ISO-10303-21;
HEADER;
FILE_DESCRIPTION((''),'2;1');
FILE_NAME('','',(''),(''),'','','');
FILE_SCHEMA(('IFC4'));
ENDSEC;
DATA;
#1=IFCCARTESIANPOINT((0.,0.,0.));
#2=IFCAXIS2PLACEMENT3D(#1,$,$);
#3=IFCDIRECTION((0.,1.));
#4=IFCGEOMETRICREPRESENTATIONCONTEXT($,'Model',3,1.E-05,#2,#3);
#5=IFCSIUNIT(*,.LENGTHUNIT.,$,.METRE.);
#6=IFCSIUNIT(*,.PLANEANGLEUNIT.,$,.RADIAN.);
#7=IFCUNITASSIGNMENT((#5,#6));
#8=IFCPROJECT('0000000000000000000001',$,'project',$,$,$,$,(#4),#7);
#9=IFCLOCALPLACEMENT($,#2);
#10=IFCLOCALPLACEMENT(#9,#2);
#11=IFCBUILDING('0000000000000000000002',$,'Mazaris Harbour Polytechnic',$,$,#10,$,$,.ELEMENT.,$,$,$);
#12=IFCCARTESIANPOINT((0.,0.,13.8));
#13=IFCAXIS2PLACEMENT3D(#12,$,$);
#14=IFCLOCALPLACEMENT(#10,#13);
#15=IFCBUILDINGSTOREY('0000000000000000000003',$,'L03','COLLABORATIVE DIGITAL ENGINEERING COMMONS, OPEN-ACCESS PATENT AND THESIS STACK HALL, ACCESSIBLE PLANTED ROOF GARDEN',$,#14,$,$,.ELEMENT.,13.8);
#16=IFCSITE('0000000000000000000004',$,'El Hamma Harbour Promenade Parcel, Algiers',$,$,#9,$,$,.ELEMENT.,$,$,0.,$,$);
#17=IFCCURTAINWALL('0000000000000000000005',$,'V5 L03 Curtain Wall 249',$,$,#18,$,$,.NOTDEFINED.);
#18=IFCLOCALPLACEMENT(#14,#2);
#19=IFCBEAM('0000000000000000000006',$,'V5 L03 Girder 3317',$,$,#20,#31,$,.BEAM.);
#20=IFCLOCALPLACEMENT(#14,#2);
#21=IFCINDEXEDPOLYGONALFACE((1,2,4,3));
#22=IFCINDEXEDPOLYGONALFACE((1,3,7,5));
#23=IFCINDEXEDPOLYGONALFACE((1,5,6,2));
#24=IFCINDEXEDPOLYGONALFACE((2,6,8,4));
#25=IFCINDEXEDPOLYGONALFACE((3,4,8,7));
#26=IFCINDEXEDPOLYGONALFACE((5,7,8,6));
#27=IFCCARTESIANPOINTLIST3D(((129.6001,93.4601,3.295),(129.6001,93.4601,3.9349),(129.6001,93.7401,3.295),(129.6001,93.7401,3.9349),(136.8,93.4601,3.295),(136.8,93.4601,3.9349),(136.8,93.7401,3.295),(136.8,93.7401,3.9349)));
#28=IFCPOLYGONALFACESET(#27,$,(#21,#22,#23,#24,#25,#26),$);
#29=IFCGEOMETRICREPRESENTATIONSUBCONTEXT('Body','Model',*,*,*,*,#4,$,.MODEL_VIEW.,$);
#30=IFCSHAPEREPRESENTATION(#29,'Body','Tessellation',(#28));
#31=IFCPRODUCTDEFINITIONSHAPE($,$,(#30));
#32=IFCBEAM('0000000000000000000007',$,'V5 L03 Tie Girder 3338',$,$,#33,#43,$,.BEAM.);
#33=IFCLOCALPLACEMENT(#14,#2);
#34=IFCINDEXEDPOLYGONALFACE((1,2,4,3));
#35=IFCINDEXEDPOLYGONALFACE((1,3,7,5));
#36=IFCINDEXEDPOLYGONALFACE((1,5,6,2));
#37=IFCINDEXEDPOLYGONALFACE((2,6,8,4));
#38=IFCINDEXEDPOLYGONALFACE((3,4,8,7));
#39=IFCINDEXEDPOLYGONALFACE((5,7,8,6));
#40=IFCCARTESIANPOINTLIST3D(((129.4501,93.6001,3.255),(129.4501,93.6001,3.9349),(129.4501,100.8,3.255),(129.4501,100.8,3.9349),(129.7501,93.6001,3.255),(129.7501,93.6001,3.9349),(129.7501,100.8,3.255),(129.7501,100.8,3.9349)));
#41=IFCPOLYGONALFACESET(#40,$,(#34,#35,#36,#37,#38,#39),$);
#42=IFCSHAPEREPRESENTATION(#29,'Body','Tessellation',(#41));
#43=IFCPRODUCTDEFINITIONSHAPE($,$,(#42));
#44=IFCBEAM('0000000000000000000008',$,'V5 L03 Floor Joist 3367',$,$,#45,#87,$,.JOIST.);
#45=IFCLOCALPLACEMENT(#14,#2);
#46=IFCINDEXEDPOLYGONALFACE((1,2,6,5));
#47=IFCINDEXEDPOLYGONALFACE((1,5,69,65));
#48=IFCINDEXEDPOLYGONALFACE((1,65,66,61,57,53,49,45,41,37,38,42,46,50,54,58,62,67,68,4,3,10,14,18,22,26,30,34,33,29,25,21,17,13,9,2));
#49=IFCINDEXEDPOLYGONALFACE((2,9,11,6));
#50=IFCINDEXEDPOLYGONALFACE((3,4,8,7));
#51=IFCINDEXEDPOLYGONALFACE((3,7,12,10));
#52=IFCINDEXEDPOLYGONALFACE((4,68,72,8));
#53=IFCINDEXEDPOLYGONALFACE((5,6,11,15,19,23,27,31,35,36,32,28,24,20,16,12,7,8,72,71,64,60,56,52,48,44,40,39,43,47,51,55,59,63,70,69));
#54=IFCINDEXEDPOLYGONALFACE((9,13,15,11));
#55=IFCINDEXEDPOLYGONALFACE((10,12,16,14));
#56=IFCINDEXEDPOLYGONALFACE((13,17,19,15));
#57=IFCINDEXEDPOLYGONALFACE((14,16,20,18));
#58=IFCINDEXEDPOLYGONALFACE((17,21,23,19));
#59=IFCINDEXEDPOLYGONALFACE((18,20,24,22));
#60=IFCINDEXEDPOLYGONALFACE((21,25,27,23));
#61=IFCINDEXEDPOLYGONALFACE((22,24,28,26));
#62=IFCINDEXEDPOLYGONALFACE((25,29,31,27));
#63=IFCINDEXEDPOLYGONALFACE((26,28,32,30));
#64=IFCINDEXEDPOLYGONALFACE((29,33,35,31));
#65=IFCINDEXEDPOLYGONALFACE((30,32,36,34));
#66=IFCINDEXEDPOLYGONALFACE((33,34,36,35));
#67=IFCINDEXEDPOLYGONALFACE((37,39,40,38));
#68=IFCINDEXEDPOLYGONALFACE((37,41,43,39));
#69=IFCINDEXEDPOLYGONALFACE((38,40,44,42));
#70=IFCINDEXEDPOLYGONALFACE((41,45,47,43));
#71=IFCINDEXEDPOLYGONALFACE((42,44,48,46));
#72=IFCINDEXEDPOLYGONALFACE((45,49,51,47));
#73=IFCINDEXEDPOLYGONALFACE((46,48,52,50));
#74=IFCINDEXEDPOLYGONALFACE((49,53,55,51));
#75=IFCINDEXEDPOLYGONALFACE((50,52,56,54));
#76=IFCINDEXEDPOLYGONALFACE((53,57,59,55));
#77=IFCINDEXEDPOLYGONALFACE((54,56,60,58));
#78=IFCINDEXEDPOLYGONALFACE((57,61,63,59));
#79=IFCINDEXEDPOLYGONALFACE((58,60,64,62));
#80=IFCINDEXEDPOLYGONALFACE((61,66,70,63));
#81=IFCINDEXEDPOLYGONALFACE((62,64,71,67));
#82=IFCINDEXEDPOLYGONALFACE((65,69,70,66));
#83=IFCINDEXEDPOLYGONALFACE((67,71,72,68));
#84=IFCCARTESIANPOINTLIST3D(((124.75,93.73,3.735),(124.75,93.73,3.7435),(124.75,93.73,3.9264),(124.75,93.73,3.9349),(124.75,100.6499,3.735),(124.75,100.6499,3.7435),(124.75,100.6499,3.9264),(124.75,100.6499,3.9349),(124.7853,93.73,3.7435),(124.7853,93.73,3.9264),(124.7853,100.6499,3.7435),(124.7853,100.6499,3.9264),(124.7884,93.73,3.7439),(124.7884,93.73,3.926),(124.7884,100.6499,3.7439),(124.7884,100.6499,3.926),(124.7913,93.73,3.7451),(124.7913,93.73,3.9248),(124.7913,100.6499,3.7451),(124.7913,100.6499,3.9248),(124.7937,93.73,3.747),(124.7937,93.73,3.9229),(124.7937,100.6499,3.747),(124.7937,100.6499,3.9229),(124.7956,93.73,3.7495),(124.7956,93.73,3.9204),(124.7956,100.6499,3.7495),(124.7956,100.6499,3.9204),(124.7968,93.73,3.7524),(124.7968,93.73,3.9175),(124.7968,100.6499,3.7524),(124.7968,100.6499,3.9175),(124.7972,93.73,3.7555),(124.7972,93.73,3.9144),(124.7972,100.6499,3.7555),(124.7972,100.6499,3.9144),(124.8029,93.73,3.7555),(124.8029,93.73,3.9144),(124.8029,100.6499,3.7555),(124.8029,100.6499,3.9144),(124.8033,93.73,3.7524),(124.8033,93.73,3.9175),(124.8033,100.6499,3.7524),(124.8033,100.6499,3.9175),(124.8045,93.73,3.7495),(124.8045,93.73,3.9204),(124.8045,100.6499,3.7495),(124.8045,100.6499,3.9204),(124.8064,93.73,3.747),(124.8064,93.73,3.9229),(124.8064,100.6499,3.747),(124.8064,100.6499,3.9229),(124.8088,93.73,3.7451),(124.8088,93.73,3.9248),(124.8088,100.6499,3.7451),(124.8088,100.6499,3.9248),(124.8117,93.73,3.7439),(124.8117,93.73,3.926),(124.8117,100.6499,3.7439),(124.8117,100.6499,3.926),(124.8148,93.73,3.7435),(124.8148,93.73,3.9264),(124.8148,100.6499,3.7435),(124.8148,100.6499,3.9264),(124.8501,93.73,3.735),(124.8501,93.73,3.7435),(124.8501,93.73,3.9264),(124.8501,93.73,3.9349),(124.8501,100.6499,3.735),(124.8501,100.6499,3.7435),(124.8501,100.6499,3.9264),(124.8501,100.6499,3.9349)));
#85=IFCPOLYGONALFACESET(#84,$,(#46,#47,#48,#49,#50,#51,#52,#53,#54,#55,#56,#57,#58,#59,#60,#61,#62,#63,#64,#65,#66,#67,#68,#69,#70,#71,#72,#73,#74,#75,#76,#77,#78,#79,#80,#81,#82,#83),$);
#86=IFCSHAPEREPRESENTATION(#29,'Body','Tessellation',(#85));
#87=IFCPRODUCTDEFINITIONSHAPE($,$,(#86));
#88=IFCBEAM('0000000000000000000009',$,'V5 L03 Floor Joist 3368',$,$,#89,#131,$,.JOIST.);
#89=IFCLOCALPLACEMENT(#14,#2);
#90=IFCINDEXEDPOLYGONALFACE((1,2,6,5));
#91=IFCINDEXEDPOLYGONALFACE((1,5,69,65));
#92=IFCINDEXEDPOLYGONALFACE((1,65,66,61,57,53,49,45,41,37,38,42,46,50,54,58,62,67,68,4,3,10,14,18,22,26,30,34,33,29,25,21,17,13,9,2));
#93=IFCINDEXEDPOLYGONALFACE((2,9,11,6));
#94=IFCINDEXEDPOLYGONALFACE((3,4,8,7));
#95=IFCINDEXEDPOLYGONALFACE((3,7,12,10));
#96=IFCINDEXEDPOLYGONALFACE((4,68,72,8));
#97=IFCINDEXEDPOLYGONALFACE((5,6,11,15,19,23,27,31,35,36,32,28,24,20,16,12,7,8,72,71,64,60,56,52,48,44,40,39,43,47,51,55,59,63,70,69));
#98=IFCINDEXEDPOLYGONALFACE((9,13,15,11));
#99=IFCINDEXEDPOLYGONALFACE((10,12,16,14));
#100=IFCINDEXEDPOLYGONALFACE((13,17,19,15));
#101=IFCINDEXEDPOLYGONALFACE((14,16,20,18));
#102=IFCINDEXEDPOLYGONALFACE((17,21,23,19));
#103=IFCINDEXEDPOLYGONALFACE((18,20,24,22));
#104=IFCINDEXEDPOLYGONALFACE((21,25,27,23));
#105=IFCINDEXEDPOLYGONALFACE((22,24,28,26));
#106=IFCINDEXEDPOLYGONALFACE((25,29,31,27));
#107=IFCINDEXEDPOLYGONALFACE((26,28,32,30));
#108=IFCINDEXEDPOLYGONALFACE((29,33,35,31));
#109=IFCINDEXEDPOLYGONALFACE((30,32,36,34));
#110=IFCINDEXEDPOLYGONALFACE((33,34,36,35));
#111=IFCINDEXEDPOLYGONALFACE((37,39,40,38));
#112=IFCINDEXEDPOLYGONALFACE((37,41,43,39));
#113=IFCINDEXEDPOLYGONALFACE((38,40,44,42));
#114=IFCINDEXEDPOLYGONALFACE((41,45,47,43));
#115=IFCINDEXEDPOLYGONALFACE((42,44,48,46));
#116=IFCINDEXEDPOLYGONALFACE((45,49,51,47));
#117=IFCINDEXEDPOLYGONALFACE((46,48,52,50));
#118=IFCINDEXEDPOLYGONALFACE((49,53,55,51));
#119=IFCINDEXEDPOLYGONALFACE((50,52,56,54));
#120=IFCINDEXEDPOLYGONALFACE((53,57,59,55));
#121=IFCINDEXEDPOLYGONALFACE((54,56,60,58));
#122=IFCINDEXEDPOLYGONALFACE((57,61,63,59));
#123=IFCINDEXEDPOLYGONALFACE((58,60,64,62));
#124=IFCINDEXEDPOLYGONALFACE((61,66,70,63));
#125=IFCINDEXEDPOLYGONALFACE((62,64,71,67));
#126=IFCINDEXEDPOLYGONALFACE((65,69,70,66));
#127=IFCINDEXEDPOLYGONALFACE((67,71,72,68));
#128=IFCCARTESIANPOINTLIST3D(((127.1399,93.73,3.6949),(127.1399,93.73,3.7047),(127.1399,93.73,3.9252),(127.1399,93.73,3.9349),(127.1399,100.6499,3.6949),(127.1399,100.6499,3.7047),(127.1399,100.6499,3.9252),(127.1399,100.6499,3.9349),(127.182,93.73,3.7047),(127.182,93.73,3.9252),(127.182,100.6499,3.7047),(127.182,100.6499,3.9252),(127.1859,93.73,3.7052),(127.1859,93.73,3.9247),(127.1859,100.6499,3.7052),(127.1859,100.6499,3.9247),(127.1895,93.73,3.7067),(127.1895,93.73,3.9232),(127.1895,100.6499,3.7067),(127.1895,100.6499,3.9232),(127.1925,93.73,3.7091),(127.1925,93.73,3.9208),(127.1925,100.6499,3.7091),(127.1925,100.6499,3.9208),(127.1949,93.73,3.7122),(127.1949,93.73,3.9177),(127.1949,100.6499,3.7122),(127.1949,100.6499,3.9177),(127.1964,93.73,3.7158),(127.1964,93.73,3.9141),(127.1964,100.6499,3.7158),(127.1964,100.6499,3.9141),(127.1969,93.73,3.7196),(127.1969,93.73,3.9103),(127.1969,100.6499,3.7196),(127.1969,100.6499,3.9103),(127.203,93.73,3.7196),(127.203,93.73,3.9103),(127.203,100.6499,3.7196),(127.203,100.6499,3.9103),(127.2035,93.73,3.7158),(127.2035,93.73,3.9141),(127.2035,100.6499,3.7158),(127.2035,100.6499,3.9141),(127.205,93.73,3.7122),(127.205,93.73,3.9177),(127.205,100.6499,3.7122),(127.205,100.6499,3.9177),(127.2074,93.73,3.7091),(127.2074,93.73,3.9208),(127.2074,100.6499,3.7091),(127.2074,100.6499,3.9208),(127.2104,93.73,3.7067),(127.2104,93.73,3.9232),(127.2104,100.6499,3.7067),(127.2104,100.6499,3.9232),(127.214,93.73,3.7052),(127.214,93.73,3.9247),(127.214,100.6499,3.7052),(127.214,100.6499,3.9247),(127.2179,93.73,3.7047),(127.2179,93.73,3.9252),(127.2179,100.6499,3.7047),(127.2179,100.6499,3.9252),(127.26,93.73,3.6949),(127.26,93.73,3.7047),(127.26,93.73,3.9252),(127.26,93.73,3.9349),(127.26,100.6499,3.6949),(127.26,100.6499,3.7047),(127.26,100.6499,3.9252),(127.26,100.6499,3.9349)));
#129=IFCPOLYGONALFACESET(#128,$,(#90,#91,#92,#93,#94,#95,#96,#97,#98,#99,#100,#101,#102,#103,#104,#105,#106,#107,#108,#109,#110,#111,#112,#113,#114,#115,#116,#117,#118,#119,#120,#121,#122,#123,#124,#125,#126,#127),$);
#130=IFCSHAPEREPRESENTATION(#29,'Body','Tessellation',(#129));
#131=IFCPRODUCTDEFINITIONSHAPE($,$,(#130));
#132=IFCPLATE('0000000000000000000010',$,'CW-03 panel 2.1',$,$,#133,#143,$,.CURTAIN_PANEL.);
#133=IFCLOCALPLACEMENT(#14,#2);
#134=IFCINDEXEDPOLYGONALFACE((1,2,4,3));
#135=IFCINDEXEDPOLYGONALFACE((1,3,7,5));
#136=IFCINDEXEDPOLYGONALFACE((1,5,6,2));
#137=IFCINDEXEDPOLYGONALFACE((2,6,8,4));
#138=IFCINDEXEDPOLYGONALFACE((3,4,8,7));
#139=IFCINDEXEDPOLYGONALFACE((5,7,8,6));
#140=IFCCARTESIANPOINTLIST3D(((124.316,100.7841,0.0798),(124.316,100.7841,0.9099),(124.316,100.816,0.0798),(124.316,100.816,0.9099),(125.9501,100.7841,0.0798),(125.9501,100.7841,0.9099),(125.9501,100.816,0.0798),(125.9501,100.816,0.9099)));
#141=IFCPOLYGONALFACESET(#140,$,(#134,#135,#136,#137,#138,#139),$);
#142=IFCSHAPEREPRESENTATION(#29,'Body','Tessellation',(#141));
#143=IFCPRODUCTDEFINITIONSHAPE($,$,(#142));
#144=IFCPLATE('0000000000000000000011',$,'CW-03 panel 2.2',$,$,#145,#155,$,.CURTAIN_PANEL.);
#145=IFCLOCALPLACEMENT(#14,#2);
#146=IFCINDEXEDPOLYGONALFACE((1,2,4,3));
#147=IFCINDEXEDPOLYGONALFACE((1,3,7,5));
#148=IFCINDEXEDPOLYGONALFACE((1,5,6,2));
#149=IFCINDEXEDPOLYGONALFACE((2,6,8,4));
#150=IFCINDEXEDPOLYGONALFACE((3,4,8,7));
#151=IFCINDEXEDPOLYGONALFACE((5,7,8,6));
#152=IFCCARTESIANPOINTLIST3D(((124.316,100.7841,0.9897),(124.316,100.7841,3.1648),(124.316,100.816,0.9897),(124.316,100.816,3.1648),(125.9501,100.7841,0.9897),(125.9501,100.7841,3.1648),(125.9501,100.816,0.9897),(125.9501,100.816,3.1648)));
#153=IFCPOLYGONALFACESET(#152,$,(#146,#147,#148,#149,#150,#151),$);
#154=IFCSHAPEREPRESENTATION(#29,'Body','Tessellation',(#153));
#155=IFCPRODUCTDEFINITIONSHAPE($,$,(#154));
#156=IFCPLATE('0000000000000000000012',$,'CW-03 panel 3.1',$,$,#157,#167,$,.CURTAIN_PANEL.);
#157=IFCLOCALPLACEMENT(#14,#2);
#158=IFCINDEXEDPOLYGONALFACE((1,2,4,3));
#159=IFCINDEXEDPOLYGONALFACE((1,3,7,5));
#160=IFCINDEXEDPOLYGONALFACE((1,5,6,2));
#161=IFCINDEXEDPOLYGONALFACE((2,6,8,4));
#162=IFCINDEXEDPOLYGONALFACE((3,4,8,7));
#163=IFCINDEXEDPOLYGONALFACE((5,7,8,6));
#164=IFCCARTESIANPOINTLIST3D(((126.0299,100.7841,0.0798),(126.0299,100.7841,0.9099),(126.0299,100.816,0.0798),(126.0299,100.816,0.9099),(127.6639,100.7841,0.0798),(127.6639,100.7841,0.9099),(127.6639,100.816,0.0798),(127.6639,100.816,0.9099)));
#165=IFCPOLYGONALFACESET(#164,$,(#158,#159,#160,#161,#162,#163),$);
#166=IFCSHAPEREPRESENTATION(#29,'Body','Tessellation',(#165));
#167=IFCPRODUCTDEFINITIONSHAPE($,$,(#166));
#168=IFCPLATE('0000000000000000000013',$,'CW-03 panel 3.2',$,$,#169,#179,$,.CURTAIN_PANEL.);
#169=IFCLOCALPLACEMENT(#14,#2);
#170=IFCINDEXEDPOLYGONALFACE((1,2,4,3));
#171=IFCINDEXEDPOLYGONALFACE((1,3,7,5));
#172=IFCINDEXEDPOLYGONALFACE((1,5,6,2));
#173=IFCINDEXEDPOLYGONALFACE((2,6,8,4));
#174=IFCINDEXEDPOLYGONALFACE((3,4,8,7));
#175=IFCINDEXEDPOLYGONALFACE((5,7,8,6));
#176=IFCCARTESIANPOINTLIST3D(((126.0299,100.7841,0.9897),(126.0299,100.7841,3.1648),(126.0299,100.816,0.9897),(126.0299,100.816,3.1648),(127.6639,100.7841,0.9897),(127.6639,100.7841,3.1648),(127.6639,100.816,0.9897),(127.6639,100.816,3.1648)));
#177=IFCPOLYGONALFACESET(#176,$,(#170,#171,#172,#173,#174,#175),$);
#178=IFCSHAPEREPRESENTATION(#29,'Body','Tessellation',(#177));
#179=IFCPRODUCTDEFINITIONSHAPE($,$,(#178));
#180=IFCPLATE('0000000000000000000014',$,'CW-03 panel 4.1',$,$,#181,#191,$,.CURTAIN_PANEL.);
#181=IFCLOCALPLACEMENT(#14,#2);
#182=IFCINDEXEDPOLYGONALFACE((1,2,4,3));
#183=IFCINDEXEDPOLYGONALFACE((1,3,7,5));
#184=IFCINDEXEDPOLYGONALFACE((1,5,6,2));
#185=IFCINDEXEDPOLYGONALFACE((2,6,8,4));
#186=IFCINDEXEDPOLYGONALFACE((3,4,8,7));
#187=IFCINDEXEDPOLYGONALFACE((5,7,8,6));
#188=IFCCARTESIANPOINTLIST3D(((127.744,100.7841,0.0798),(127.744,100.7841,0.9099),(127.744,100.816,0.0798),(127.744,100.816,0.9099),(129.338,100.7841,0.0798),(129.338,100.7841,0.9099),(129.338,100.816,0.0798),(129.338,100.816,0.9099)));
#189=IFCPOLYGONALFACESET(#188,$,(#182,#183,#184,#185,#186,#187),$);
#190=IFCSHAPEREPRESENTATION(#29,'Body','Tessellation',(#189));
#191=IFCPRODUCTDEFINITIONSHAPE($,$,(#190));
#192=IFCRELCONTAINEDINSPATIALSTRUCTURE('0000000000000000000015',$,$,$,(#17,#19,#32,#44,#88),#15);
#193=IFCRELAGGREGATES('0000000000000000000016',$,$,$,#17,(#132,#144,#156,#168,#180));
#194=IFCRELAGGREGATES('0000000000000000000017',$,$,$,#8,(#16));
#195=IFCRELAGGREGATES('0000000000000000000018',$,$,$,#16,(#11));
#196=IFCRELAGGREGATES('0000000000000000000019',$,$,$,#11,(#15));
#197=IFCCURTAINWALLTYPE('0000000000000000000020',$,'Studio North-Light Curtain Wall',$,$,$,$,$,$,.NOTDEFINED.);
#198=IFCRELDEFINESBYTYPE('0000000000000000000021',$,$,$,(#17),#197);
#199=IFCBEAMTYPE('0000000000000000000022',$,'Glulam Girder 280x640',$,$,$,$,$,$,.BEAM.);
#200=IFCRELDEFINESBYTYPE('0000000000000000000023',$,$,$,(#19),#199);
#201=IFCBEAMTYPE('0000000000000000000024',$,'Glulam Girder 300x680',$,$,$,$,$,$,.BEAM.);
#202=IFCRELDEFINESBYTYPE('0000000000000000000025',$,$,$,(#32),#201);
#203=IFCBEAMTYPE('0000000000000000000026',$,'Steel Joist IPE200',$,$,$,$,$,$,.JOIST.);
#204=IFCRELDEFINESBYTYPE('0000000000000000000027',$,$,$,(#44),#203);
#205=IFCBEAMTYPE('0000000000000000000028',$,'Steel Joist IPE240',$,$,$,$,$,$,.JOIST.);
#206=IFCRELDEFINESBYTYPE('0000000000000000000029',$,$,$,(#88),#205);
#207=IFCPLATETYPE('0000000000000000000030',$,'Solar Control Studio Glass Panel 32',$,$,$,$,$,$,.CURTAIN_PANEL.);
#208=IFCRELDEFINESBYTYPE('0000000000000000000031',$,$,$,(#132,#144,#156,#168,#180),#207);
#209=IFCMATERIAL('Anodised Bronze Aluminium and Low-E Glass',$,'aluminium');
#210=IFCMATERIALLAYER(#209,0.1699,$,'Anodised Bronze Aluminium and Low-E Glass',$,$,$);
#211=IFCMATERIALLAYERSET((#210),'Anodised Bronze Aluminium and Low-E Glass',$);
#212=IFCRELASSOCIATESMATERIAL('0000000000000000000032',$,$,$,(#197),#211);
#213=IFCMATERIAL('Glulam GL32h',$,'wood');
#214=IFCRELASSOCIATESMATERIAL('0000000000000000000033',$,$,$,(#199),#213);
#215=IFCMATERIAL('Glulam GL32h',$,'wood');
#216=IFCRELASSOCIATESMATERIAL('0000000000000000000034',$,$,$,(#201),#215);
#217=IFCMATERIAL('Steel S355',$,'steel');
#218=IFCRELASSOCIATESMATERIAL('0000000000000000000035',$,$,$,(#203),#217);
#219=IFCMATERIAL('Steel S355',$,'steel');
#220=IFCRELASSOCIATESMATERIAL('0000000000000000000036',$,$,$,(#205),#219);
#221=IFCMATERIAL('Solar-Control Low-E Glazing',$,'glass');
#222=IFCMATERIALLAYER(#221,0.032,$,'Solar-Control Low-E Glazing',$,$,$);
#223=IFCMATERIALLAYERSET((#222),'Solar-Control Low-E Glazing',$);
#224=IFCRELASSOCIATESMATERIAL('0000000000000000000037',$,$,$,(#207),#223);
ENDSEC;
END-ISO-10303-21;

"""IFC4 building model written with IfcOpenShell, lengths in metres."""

from ifc_helpers import new_model, si_unit, direction, frame, origin, origin_2d, place, context, subcontext, project, spatial, rectangle, i_section, extrude, material, layer, layer_set, material_profile, profile_set, type_object, element, aggregate, save


model = new_model("IFC4")

# Units and contexts
model_context = context("Model", 3, precision=1e-05, world=origin(), true_north=direction((0.0, 1.0)))
body_context = subcontext(model_context, "Body", "Model", "MODEL_VIEW")
ifc_project = project(units=[si_unit("LENGTHUNIT", "METRE"), si_unit("PLANEANGLEUNIT", "RADIAN")], contexts=[model_context])

# Site, building, storey
site_placement = place(None, origin())
site = spatial("IfcSite", under=ifc_project, at=site_placement, Name="El Hamma Harbour Promenade Parcel, Algiers", CompositionType="ELEMENT", RefElevation=0.0)
building_placement = place(site_placement, origin())
building = spatial("IfcBuilding", under=site, at=building_placement, Name="Mazaris Harbour Polytechnic", CompositionType="ELEMENT")
storey_placement = place(building_placement, frame((0.0, 0.0, 13.8)))
storey = spatial("IfcBuildingStorey", under=building, at=storey_placement, Name="L03", Description="COLLABORATIVE DIGITAL ENGINEERING COMMONS, OPEN-ACCESS PATENT AND THESIS STACK HALL, ACCESSIBLE PLANTED ROOF GARDEN", CompositionType="ELEMENT", Elevation=13.8)

# Curtain wall
ifc_material_1 = material(Name="Anodised Bronze Aluminium and Low-E Glass", Category="aluminium")
ifc_layer_1 = layer(ifc_material_1, 0.1699, Name="Anodised Bronze Aluminium and Low-E Glass")
ifc_layer_set_1 = layer_set([ifc_layer_1], Name="Anodised Bronze Aluminium and Low-E Glass")
curtain_wall_type = type_object("IfcCurtainWallType", Name="Studio North-Light Curtain Wall", PredefinedType="NOTDEFINED", material=ifc_layer_set_1)
curtain_wall_placement = place(storey_placement, origin())
curtain_wall = element("IfcCurtainWall", 1, at=curtain_wall_placement, inside=storey, type_object=curtain_wall_type, Name="V5 L03 Curtain Wall 249", PredefinedType="NOTDEFINED")

# Beams
ifc_material_2 = material(Name="Glulam GL32h", Category="wood")
ifc_material_profile_1 = material_profile(ifc_material_2, rectangle(XDim=0.28, YDim=0.6399, at=origin_2d()), Name="RECT280x640")
ifc_profile_set_1 = profile_set([ifc_material_profile_1], Name="Glulam GL32h")
beam_type_1 = type_object("IfcBeamType", Name="Glulam Girder 280x640", PredefinedType="BEAM", material=ifc_profile_set_1)
beam_1_placement = place(storey_placement, frame((129.6001, 93.6001, 3.615), z_axis=(1.0, 0.0, 0.0), x_axis=(0.0, 1.0, 0.0)))
element("IfcBeam", 2, at=beam_1_placement, inside=storey, type_object=beam_type_1, Name="V5 L03 Girder 3317", PredefinedType="BEAM", context=body_context, shape_type="SweptSolid", body=[
    extrude(rectangle(XDim=0.28, YDim=0.6399, at=origin_2d()), origin(), (0.0, 0.0, 1.0), 7.2),
])
ifc_material_3 = material(Name="Glulam GL32h", Category="wood")
ifc_material_profile_2 = material_profile(ifc_material_3, rectangle(XDim=0.3, YDim=0.6799, at=origin_2d()), Name="RECT300x680")
ifc_profile_set_2 = profile_set([ifc_material_profile_2], Name="Glulam GL32h")
beam_type_2 = type_object("IfcBeamType", Name="Glulam Girder 300x680", PredefinedType="BEAM", material=ifc_profile_set_2)
beam_2_placement = place(storey_placement, frame((129.6001, 93.6001, 3.595), z_axis=(0.0, 1.0, 0.0), x_axis=(-1.0, 0.0, 0.0)))
element("IfcBeam", 3, at=beam_2_placement, inside=storey, type_object=beam_type_2, Name="V5 L03 Tie Girder 3338", PredefinedType="BEAM", context=body_context, shape_type="SweptSolid", body=[
    extrude(rectangle(XDim=0.3, YDim=0.6799, at=origin_2d()), origin(), (0.0, 0.0, 1.0), 7.2),
])
ifc_material_4 = material(Name="Steel S355", Category="steel")
ifc_material_profile_3 = material_profile(ifc_material_4, i_section(OverallWidth=0.1001, OverallDepth=0.2, WebThickness=0.0056, FlangeThickness=0.0085, FilletRadius=0.012, at=origin_2d()), Name="IPE 200")
ifc_profile_set_3 = profile_set([ifc_material_profile_3], Name="Steel S355")
beam_type_3 = type_object("IfcBeamType", Name="Steel Joist IPE200", PredefinedType="JOIST", material=ifc_profile_set_3)
beam_3_placement = place(storey_placement, frame((124.8, 93.73, 3.835), z_axis=(0.0, 1.0, 0.0), x_axis=(-1.0, 0.0, 0.0)))
element("IfcBeam", 4, at=beam_3_placement, inside=storey, type_object=beam_type_3, Name="V5 L03 Floor Joist 3367", PredefinedType="JOIST", context=body_context, shape_type="SweptSolid", body=[
    extrude(i_section(OverallWidth=0.1001, OverallDepth=0.2, WebThickness=0.0056, FlangeThickness=0.0085, FilletRadius=0.012, at=origin_2d()), origin(), (0.0, 0.0, 1.0), 6.9199),
])
ifc_material_5 = material(Name="Steel S355", Category="steel")
ifc_material_profile_4 = material_profile(ifc_material_5, i_section(OverallWidth=0.1201, OverallDepth=0.24, WebThickness=0.0061, FlangeThickness=0.0098, FilletRadius=0.0149, at=origin_2d()), Name="IPE 240")
ifc_profile_set_4 = profile_set([ifc_material_profile_4], Name="Steel S355")
beam_type_4 = type_object("IfcBeamType", Name="Steel Joist IPE240", PredefinedType="JOIST", material=ifc_profile_set_4)
beam_4_placement = place(storey_placement, frame((127.2, 93.73, 3.8149), z_axis=(0.0, 1.0, 0.0), x_axis=(-1.0, 0.0, 0.0)))
element("IfcBeam", 5, at=beam_4_placement, inside=storey, type_object=beam_type_4, Name="V5 L03 Floor Joist 3368", PredefinedType="JOIST", context=body_context, shape_type="SweptSolid", body=[
    extrude(i_section(OverallWidth=0.1201, OverallDepth=0.24, WebThickness=0.0061, FlangeThickness=0.0098, FilletRadius=0.0149, at=origin_2d()), origin(), (0.0, 0.0, 1.0), 6.9199),
])

# Plates
ifc_material_6 = material(Name="Solar-Control Low-E Glazing", Category="glass")
ifc_layer_2 = layer(ifc_material_6, 0.032, Name="Solar-Control Low-E Glazing")
ifc_layer_set_2 = layer_set([ifc_layer_2], Name="Solar-Control Low-E Glazing")
plate_type = type_object("IfcPlateType", Name="Solar Control Studio Glass Panel 32", PredefinedType="CURTAIN_PANEL", material=ifc_layer_set_2)
plate_1_placement = place(storey_placement, frame((125.1331, 100.8, 0.0798), z_axis=(0.0, 0.0, 1.0), x_axis=(1.0, 0.0, 0.0)))
plate_1 = element("IfcPlate", 6, at=plate_1_placement, type_object=plate_type, Name="CW-03 panel 2.1", PredefinedType="CURTAIN_PANEL", context=body_context, shape_type="SweptSolid", body=[
    extrude(rectangle(XDim=1.634, YDim=0.032, at=origin_2d()), origin(), (0.0, 0.0, 1.0), 0.8301),
])
plate_2_placement = place(storey_placement, frame((125.1331, 100.8, 0.9897), z_axis=(0.0, 0.0, 1.0), x_axis=(1.0, 0.0, 0.0)))
plate_2 = element("IfcPlate", 7, at=plate_2_placement, type_object=plate_type, Name="CW-03 panel 2.2", PredefinedType="CURTAIN_PANEL", context=body_context, shape_type="SweptSolid", body=[
    extrude(rectangle(XDim=1.634, YDim=0.032, at=origin_2d()), origin(), (0.0, 0.0, 1.0), 2.175),
])
plate_3_placement = place(storey_placement, frame((126.8469, 100.8, 0.0798), z_axis=(0.0, 0.0, 1.0), x_axis=(1.0, 0.0, 0.0)))
plate_3 = element("IfcPlate", 8, at=plate_3_placement, type_object=plate_type, Name="CW-03 panel 3.1", PredefinedType="CURTAIN_PANEL", context=body_context, shape_type="SweptSolid", body=[
    extrude(rectangle(XDim=1.634, YDim=0.032, at=origin_2d()), origin(), (0.0, 0.0, 1.0), 0.8301),
])
plate_4_placement = place(storey_placement, frame((126.8469, 100.8, 0.9897), z_axis=(0.0, 0.0, 1.0), x_axis=(1.0, 0.0, 0.0)))
plate_4 = element("IfcPlate", 9, at=plate_4_placement, type_object=plate_type, Name="CW-03 panel 3.2", PredefinedType="CURTAIN_PANEL", context=body_context, shape_type="SweptSolid", body=[
    extrude(rectangle(XDim=1.634, YDim=0.032, at=origin_2d()), origin(), (0.0, 0.0, 1.0), 2.175),
])
plate_5_placement = place(storey_placement, frame((128.541, 100.8, 0.0798), z_axis=(0.0, 0.0, 1.0), x_axis=(1.0, 0.0, 0.0)))
plate_5 = element("IfcPlate", 10, at=plate_5_placement, type_object=plate_type, Name="CW-03 panel 4.1", PredefinedType="CURTAIN_PANEL", context=body_context, shape_type="SweptSolid", body=[
    extrude(rectangle(XDim=1.594, YDim=0.032, at=origin_2d()), origin(), (0.0, 0.0, 1.0), 0.8301),
])
aggregate(curtain_wall, [plate_1, plate_2, plate_3, plate_4, plate_5])

save(model, "model.ifc")
